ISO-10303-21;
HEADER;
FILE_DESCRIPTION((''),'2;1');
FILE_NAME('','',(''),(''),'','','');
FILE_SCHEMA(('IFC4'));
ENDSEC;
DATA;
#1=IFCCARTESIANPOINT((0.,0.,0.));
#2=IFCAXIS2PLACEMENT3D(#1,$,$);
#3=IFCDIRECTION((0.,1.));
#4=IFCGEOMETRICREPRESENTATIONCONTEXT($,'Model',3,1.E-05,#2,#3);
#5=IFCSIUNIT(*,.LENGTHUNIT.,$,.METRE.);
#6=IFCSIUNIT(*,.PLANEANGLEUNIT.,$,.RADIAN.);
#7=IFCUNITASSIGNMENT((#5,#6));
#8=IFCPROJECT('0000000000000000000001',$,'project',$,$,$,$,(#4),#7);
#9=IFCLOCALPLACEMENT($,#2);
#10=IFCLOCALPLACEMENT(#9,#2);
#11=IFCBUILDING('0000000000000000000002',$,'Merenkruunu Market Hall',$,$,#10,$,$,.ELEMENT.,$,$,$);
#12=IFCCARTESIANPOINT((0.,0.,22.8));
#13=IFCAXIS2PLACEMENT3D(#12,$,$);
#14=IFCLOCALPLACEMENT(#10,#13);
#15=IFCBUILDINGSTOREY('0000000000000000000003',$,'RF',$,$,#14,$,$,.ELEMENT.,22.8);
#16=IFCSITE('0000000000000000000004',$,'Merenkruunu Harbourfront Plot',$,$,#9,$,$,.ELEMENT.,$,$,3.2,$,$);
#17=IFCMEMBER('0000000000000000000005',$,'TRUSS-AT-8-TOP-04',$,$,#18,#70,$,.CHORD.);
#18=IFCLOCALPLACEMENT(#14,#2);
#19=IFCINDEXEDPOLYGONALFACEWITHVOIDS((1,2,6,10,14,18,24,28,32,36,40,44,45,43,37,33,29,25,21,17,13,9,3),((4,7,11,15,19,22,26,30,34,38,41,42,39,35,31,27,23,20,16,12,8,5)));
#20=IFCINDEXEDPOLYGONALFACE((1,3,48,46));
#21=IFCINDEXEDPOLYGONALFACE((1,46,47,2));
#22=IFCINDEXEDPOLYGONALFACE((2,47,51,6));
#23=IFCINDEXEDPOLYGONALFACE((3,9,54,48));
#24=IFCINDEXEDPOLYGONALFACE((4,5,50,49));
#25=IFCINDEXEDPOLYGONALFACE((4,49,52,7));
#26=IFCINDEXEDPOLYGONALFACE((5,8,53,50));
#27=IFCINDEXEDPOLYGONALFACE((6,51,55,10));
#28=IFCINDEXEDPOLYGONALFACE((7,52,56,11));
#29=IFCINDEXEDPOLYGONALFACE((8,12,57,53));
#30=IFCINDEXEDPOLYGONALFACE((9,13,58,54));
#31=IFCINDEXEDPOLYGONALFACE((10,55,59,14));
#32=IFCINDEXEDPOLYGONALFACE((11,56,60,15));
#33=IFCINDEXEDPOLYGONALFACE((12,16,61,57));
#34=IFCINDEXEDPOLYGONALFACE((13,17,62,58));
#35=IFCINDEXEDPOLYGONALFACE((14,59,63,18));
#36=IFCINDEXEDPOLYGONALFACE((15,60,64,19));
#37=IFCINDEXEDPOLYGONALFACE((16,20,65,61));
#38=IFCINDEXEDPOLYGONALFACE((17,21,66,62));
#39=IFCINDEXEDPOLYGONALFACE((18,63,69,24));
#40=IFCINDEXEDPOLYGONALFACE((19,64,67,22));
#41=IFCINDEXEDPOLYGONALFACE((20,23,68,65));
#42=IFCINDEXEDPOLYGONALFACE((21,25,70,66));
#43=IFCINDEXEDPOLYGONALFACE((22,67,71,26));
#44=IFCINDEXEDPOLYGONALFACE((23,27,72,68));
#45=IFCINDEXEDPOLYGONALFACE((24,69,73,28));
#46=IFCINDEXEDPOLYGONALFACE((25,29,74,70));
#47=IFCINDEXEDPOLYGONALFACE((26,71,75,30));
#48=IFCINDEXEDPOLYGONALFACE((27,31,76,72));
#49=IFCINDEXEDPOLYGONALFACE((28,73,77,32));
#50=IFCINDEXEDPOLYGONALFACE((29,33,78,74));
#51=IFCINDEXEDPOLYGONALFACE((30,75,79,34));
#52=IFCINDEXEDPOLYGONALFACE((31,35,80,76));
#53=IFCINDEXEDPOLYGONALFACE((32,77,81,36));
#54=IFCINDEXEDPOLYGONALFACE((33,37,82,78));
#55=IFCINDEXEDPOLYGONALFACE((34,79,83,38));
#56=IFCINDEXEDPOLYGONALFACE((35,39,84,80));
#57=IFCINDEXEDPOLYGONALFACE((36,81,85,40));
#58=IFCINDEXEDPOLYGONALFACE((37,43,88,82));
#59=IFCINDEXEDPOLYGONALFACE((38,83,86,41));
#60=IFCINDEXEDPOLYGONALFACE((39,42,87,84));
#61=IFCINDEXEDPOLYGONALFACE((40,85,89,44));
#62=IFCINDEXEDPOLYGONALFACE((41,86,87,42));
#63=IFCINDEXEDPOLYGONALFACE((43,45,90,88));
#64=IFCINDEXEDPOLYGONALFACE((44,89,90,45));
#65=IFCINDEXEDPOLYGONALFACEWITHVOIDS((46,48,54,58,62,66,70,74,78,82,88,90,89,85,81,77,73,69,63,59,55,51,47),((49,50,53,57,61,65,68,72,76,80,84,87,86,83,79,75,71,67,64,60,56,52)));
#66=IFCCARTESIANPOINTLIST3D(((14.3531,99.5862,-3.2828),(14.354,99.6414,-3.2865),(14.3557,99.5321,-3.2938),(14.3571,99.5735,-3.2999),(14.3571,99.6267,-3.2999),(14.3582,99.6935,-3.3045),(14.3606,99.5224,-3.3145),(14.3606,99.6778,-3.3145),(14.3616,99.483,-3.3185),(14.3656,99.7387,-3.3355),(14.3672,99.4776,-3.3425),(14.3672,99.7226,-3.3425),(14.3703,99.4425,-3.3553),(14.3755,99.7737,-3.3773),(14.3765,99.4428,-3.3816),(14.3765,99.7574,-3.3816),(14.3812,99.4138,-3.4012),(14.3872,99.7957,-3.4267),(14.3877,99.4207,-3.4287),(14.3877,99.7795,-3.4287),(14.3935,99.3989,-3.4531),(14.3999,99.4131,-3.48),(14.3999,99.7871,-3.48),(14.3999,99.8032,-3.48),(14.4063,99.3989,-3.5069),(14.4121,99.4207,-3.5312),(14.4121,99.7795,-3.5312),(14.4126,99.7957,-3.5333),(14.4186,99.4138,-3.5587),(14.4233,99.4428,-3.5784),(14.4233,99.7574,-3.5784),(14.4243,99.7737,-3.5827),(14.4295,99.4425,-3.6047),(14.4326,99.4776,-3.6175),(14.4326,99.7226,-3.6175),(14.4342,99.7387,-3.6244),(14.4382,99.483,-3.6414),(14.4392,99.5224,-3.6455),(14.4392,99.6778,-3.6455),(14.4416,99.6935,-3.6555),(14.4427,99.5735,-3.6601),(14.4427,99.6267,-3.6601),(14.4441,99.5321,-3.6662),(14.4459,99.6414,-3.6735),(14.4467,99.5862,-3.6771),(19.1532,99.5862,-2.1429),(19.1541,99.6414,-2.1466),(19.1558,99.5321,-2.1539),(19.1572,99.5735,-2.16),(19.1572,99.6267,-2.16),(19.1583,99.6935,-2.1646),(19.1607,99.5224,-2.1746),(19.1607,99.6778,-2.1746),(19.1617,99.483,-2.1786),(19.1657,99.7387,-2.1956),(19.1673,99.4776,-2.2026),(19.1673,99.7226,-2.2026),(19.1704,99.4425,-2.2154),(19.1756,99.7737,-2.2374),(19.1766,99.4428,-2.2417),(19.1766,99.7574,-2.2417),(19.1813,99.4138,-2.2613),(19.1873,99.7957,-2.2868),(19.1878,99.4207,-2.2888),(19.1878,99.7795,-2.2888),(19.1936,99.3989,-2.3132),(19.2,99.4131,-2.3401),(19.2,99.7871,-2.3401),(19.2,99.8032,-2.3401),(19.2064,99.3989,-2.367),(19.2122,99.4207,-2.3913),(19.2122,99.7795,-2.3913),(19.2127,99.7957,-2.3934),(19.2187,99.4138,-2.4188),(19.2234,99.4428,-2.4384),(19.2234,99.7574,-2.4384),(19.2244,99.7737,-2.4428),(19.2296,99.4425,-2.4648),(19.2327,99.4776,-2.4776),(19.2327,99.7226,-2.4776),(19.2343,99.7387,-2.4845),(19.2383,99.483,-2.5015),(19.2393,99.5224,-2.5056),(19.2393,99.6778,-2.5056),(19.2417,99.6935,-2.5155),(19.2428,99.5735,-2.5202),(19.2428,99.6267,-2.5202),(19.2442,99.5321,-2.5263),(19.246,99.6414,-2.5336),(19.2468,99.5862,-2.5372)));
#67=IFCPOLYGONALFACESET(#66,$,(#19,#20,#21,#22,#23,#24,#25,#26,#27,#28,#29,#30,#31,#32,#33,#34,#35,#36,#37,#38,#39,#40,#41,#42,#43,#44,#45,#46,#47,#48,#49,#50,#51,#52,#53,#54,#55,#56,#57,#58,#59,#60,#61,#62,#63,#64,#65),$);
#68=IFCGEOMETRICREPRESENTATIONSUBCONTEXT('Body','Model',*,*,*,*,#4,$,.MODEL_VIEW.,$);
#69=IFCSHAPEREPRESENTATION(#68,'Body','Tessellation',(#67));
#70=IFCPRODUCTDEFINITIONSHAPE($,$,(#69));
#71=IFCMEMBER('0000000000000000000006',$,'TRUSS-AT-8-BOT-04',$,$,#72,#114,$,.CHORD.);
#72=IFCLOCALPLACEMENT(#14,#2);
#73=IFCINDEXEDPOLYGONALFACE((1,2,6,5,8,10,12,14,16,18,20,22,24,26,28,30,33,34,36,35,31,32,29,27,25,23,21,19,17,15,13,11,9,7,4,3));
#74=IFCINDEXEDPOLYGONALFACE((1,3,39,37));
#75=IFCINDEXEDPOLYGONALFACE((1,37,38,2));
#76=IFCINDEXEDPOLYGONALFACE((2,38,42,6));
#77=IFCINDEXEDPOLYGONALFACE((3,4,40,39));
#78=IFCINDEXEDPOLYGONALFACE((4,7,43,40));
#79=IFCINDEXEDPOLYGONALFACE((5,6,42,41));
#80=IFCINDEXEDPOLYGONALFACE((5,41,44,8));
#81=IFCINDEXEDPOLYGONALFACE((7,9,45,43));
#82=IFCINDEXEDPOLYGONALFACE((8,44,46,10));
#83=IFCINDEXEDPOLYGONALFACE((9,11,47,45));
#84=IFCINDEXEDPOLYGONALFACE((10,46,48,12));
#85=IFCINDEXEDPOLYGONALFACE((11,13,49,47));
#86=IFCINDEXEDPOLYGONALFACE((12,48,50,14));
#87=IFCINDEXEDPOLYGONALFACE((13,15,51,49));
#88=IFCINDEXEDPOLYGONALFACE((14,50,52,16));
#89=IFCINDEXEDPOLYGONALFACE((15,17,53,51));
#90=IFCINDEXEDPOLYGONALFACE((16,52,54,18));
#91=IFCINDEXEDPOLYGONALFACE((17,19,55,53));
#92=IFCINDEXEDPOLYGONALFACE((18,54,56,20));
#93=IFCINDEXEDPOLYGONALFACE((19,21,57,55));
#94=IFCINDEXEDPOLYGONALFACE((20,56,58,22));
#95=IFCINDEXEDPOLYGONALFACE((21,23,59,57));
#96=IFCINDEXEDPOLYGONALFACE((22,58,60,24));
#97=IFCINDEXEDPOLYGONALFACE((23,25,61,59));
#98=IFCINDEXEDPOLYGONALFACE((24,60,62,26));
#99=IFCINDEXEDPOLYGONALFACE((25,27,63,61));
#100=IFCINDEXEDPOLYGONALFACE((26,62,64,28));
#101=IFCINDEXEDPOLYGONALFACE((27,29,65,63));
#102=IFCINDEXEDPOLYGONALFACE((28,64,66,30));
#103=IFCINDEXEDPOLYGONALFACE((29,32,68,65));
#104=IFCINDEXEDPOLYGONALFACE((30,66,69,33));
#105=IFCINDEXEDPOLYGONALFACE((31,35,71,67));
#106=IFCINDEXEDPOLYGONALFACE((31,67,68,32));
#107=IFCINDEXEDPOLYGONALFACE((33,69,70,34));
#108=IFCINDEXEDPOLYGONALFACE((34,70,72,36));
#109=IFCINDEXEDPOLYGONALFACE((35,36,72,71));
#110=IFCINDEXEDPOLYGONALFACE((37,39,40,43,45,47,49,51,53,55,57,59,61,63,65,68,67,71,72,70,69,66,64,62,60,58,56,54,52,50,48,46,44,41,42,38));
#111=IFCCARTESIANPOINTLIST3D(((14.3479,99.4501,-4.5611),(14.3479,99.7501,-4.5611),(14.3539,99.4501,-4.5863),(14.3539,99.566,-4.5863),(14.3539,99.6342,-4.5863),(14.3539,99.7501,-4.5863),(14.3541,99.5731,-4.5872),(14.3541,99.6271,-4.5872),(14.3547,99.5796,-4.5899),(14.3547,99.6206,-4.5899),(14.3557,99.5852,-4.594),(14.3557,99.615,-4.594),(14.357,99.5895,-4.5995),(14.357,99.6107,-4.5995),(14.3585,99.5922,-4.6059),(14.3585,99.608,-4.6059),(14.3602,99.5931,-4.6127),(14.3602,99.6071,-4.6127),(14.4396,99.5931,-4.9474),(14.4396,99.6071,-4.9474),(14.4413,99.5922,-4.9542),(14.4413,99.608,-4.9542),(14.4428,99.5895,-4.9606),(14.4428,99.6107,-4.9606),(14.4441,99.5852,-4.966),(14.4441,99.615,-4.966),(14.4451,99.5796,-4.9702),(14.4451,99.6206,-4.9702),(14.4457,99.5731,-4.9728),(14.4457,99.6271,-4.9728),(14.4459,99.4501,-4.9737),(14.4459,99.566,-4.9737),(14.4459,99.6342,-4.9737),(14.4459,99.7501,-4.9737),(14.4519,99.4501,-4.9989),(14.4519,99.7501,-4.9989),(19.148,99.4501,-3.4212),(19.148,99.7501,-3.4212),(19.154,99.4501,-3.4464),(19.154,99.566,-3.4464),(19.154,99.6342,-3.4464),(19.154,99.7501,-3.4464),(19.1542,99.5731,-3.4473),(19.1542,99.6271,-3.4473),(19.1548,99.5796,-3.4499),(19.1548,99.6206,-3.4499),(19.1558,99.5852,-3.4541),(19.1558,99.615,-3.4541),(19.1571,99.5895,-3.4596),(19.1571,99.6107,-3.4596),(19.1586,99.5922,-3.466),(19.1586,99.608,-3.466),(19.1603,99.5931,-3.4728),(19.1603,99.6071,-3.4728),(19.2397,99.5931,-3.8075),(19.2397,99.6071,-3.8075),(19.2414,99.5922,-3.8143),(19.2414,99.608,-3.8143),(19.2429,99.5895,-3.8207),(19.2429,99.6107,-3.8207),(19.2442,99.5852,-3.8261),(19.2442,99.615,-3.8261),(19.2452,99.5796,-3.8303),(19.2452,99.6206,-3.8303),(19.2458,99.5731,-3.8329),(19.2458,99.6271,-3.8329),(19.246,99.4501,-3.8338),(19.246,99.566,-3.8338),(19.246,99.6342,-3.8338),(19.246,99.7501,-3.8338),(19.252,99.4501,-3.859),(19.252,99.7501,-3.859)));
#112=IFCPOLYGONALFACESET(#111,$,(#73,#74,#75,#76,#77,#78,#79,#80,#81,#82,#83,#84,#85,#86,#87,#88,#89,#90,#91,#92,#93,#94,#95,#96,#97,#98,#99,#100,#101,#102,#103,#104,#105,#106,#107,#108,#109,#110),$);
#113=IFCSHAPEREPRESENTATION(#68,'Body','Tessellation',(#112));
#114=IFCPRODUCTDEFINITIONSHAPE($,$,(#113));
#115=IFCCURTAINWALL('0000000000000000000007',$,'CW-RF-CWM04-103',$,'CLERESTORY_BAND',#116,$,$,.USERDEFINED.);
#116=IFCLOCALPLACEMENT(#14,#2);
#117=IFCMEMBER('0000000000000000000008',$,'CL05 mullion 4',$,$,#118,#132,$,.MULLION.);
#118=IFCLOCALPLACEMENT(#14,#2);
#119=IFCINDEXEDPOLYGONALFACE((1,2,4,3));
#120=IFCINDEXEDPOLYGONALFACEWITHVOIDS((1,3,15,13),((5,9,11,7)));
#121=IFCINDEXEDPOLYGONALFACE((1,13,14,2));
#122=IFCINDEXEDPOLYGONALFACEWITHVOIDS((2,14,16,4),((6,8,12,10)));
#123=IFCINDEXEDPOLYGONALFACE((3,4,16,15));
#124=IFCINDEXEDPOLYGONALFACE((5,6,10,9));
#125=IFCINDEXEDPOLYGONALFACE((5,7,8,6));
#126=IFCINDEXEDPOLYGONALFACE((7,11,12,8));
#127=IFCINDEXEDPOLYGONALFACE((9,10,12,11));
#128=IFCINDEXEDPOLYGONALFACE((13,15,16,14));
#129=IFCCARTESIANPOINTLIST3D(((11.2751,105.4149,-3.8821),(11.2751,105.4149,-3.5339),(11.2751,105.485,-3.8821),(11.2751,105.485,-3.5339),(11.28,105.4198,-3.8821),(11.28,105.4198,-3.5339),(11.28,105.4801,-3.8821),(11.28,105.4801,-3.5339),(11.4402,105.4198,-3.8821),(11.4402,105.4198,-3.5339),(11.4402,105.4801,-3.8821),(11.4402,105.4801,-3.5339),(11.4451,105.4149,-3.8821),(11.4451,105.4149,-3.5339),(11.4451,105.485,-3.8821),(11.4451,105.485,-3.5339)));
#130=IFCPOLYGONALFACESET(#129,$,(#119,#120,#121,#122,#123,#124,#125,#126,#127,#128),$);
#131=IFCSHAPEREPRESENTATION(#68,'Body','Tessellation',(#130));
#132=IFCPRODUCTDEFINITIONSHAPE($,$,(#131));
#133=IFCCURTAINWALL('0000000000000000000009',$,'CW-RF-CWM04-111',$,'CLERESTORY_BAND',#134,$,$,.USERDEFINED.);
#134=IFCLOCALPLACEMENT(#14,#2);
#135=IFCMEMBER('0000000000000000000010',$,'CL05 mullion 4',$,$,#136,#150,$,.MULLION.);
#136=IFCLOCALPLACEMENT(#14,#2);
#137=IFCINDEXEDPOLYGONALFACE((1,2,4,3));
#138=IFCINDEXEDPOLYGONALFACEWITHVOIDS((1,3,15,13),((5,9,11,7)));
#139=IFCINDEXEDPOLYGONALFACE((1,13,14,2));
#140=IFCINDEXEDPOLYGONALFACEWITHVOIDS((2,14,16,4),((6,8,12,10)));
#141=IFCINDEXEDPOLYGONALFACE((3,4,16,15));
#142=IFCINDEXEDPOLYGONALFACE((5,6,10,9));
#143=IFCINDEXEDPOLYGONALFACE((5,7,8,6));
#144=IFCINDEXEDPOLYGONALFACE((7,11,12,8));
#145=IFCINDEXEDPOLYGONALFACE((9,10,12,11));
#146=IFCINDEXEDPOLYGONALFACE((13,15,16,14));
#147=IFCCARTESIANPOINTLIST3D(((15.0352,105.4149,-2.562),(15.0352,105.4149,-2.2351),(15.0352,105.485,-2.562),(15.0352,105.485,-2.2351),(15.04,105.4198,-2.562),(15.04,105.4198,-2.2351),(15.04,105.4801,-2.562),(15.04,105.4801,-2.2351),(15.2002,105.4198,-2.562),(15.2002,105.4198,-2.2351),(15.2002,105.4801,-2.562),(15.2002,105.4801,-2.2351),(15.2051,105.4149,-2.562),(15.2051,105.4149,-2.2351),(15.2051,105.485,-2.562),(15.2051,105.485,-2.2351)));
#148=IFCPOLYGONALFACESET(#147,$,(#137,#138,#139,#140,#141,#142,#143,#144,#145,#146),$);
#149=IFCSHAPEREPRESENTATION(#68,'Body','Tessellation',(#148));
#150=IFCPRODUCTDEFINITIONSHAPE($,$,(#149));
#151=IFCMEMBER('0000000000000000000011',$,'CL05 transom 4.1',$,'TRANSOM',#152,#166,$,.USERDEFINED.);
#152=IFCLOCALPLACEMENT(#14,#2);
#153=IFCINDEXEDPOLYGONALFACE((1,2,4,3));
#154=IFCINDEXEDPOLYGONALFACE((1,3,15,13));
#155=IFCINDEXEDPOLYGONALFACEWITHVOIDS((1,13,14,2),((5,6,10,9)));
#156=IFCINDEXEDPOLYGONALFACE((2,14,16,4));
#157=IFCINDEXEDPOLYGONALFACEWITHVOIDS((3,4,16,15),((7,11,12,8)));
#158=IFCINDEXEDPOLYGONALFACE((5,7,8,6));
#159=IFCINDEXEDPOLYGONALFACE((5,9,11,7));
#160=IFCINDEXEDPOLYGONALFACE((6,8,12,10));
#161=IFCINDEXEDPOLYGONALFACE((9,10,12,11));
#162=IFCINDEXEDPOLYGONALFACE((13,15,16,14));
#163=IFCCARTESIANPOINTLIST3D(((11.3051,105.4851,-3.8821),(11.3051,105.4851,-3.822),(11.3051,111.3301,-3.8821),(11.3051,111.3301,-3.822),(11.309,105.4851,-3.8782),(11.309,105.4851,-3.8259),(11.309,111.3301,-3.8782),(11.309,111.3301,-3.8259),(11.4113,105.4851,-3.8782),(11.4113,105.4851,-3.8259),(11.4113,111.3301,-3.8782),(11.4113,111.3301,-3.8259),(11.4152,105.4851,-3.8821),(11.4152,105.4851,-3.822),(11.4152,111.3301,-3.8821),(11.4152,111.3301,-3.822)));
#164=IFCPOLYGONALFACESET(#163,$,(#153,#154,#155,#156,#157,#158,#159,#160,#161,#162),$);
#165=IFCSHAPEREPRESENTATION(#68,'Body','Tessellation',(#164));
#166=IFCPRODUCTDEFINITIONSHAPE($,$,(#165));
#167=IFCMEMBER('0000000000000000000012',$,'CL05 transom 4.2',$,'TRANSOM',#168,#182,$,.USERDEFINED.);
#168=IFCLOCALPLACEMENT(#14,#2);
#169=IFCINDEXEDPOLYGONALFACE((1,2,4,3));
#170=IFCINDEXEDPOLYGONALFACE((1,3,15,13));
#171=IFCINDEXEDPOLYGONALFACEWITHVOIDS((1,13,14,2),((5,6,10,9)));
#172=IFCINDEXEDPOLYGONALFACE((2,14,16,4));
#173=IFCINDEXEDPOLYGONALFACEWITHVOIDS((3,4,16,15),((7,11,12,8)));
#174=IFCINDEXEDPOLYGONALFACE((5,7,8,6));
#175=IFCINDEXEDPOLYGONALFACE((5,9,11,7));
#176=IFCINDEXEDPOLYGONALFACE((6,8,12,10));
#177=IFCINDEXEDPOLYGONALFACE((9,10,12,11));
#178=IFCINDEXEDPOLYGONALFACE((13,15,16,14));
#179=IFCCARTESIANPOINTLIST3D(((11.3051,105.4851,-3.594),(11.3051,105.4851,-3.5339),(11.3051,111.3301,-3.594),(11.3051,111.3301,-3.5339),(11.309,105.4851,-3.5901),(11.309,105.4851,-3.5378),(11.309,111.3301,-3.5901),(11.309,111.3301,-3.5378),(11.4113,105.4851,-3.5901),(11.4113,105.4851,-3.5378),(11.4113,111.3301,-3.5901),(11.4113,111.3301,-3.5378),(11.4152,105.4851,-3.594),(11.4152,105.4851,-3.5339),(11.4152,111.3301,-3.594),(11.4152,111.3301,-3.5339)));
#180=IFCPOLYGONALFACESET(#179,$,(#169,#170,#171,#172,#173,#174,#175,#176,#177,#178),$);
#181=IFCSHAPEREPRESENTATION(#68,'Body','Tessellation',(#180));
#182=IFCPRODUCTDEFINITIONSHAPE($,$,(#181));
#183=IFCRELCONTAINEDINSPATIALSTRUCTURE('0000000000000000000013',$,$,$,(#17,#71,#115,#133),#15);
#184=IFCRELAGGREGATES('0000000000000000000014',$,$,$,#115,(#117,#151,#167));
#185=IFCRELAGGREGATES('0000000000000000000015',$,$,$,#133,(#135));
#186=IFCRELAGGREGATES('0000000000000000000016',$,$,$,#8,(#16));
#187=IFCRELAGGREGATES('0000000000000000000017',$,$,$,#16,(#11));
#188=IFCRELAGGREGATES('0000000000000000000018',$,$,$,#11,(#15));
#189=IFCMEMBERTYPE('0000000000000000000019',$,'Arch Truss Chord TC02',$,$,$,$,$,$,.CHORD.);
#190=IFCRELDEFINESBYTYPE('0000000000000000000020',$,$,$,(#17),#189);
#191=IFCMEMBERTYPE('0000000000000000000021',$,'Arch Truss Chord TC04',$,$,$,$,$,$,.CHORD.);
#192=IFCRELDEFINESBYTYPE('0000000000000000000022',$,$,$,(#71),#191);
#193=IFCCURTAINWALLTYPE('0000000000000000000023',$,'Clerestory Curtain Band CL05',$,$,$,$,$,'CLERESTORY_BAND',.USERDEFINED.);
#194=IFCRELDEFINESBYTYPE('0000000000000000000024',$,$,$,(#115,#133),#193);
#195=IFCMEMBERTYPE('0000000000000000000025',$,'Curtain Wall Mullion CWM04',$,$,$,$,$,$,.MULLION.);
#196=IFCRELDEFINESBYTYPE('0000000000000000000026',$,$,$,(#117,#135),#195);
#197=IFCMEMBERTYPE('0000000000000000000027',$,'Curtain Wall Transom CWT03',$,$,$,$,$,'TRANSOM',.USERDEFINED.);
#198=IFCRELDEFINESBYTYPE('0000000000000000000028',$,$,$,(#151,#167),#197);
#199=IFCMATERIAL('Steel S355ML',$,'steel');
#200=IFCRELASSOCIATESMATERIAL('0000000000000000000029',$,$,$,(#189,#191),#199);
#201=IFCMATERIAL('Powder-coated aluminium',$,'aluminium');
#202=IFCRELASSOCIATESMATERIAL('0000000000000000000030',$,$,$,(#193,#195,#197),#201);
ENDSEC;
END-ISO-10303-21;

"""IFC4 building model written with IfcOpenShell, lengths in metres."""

from ifc_helpers import new_model, si_unit, direction, frame, origin, origin_2d, place, context, subcontext, project, spatial, hollow_rectangle, hollow_circle, i_section, extrude, material, material_profile, profile_set, type_object, element, aggregate, save


model = new_model("IFC4")

# Units and contexts
model_context = context("Model", 3, precision=1e-05, world=origin(), true_north=direction((0.0, 1.0)))
body_context = subcontext(model_context, "Body", "Model", "MODEL_VIEW")
ifc_project = project(units=[si_unit("LENGTHUNIT", "METRE"), si_unit("PLANEANGLEUNIT", "RADIAN")], contexts=[model_context])

# Site, building, storey
site_placement = place(None, origin())
site = spatial("IfcSite", under=ifc_project, at=site_placement, Name="Merenkruunu Harbourfront Plot", CompositionType="ELEMENT", RefElevation=3.2)
building_placement = place(site_placement, origin())
building = spatial("IfcBuilding", under=site, at=building_placement, Name="Merenkruunu Market Hall", CompositionType="ELEMENT")
storey_placement = place(building_placement, frame((0.0, 0.0, 22.8)))
storey = spatial("IfcBuildingStorey", under=building, at=storey_placement, Name="RF", CompositionType="ELEMENT", Elevation=22.8)

# Members
ifc_material_1 = material(Name="Steel S355ML", Category="steel")
ifc_material_profile_1 = material_profile(ifc_material_1, hollow_circle(Radius=0.2031, WallThickness=0.0161, at=origin_2d()), Name="CHS 406.4x16")
ifc_profile_set_1 = profile_set([ifc_material_profile_1], Name="Steel S355ML")
member_type_1 = type_object("IfcMemberType", Name="Arch Truss Chord TC02", PredefinedType="CHORD", material=ifc_profile_set_1)
member_1_placement = place(storey_placement, frame((14.3999, 99.6001, -3.48), z_axis=(0.972942, 0.0, 0.23105), x_axis=(0.0, 1.0, 0.0)))
element("IfcMember", 1, at=member_1_placement, inside=storey, type_object=member_type_1, Name="TRUSS-AT-8-TOP-04", PredefinedType="CHORD", context=body_context, shape_type="SweptSolid", body=[
    extrude(hollow_circle(Radius=0.2031, WallThickness=0.0161, at=origin_2d()), origin(), (0.0, 0.0, 1.0), 4.9336),
])
ifc_material_profile_2 = material_profile(ifc_material_1, i_section(OverallWidth=0.3, OverallDepth=0.45, WebThickness=0.0139, FlangeThickness=0.0259, FilletRadius=0.0271, at=origin_2d()), Name="HEB 450")
ifc_profile_set_2 = profile_set([ifc_material_profile_2], Name="Steel S355ML")
member_type_2 = type_object("IfcMemberType", Name="Arch Truss Chord TC04", PredefinedType="CHORD", material=ifc_profile_set_2)
member_2_placement = place(storey_placement, frame((14.3999, 99.6001, -4.78), z_axis=(0.972942, 0.0, 0.23105), x_axis=(0.0, 1.0, 0.0)))
element("IfcMember", 2, at=member_2_placement, inside=storey, type_object=member_type_2, Name="TRUSS-AT-8-BOT-04", PredefinedType="CHORD", context=body_context, shape_type="SweptSolid", body=[
    extrude(i_section(OverallWidth=0.3, OverallDepth=0.45, WebThickness=0.0139, FlangeThickness=0.0259, FilletRadius=0.0271, at=origin_2d()), origin(), (0.0, 0.0, 1.0), 4.9336),
])

# Curtain walls, members
ifc_material_2 = material(Name="Powder-coated aluminium", Category="aluminium")
curtain_wall_type = type_object("IfcCurtainWallType", Name="Clerestory Curtain Band CL05", ElementType="CLERESTORY_BAND", PredefinedType="USERDEFINED", material=ifc_material_2)
curtain_wall_1_placement = place(storey_placement, origin())
curtain_wall_1 = element("IfcCurtainWall", 3, at=curtain_wall_1_placement, inside=storey, type_object=curtain_wall_type, Name="CW-RF-CWM04-103", ObjectType="CLERESTORY_BAND", PredefinedType="USERDEFINED")
ifc_material_profile_3 = material_profile(ifc_material_2, hollow_rectangle(XDim=0.0701, YDim=0.1699, WallThickness=0.0049, at=origin_2d()), Name="ALU 70x170x5")
ifc_profile_set_3 = profile_set([ifc_material_profile_3], Name="Powder-coated aluminium")
member_type_3 = type_object("IfcMemberType", Name="Curtain Wall Mullion CWM04", PredefinedType="MULLION", material=ifc_profile_set_3)
member_3_placement = place(storey_placement, frame((11.3601, 105.45, -3.8821), z_axis=(0.0, 0.0, 1.0), x_axis=(0.0, 1.0, 0.0)))
member_3 = element("IfcMember", 4, at=member_3_placement, type_object=member_type_3, Name="CL05 mullion 4", PredefinedType="MULLION", context=body_context, shape_type="SweptSolid", body=[
    extrude(hollow_rectangle(XDim=0.0701, YDim=0.1699, WallThickness=0.0049, at=origin_2d()), origin(), (0.0, 0.0, 1.0), 0.3481),
])
curtain_wall_2_placement = place(storey_placement, origin())
curtain_wall_2 = element("IfcCurtainWall", 5, at=curtain_wall_2_placement, inside=storey, type_object=curtain_wall_type, Name="CW-RF-CWM04-111", ObjectType="CLERESTORY_BAND", PredefinedType="USERDEFINED")
member_4_placement = place(storey_placement, frame((15.1201, 105.45, -2.562), z_axis=(0.0, 0.0, 1.0), x_axis=(0.0, 1.0, 0.0)))
member_4 = element("IfcMember", 6, at=member_4_placement, type_object=member_type_3, Name="CL05 mullion 4", PredefinedType="MULLION", context=body_context, shape_type="SweptSolid", body=[
    extrude(hollow_rectangle(XDim=0.0701, YDim=0.1699, WallThickness=0.0049, at=origin_2d()), origin(), (0.0, 0.0, 1.0), 0.3269),
])

# Members
ifc_material_profile_4 = material_profile(ifc_material_2, hollow_rectangle(XDim=0.0601, YDim=0.1101, WallThickness=0.0039, at=origin_2d()), Name="ALU 60x110x4")
ifc_profile_set_4 = profile_set([ifc_material_profile_4], Name="Powder-coated aluminium")
member_type_4 = type_object("IfcMemberType", Name="Curtain Wall Transom CWT03", ElementType="TRANSOM", PredefinedType="USERDEFINED", material=ifc_profile_set_4)
member_5_placement = place(storey_placement, frame((11.3601, 105.4851, -3.8521), z_axis=(0.0, 1.0, 0.0), x_axis=(0.0, 0.0, 1.0)))
member_5 = element("IfcMember", 7, at=member_5_placement, type_object=member_type_4, Name="CL05 transom 4.1", ObjectType="TRANSOM", PredefinedType="USERDEFINED", context=body_context, shape_type="SweptSolid", body=[
    extrude(hollow_rectangle(XDim=0.0601, YDim=0.1101, WallThickness=0.0039, at=origin_2d()), origin(), (0.0, 0.0, 1.0), 5.845),
])
member_6_placement = place(storey_placement, frame((11.3601, 105.4851, -3.564), z_axis=(0.0, 1.0, 0.0), x_axis=(0.0, 0.0, 1.0)))
member_6 = element("IfcMember", 8, at=member_6_placement, type_object=member_type_4, Name="CL05 transom 4.2", ObjectType="TRANSOM", PredefinedType="USERDEFINED", context=body_context, shape_type="SweptSolid", body=[
    extrude(hollow_rectangle(XDim=0.0601, YDim=0.1101, WallThickness=0.0039, at=origin_2d()), origin(), (0.0, 0.0, 1.0), 5.845),
])

aggregate(curtain_wall_1, [member_3, member_5, member_6])
aggregate(curtain_wall_2, [member_4])

save(model, "model.ifc")
